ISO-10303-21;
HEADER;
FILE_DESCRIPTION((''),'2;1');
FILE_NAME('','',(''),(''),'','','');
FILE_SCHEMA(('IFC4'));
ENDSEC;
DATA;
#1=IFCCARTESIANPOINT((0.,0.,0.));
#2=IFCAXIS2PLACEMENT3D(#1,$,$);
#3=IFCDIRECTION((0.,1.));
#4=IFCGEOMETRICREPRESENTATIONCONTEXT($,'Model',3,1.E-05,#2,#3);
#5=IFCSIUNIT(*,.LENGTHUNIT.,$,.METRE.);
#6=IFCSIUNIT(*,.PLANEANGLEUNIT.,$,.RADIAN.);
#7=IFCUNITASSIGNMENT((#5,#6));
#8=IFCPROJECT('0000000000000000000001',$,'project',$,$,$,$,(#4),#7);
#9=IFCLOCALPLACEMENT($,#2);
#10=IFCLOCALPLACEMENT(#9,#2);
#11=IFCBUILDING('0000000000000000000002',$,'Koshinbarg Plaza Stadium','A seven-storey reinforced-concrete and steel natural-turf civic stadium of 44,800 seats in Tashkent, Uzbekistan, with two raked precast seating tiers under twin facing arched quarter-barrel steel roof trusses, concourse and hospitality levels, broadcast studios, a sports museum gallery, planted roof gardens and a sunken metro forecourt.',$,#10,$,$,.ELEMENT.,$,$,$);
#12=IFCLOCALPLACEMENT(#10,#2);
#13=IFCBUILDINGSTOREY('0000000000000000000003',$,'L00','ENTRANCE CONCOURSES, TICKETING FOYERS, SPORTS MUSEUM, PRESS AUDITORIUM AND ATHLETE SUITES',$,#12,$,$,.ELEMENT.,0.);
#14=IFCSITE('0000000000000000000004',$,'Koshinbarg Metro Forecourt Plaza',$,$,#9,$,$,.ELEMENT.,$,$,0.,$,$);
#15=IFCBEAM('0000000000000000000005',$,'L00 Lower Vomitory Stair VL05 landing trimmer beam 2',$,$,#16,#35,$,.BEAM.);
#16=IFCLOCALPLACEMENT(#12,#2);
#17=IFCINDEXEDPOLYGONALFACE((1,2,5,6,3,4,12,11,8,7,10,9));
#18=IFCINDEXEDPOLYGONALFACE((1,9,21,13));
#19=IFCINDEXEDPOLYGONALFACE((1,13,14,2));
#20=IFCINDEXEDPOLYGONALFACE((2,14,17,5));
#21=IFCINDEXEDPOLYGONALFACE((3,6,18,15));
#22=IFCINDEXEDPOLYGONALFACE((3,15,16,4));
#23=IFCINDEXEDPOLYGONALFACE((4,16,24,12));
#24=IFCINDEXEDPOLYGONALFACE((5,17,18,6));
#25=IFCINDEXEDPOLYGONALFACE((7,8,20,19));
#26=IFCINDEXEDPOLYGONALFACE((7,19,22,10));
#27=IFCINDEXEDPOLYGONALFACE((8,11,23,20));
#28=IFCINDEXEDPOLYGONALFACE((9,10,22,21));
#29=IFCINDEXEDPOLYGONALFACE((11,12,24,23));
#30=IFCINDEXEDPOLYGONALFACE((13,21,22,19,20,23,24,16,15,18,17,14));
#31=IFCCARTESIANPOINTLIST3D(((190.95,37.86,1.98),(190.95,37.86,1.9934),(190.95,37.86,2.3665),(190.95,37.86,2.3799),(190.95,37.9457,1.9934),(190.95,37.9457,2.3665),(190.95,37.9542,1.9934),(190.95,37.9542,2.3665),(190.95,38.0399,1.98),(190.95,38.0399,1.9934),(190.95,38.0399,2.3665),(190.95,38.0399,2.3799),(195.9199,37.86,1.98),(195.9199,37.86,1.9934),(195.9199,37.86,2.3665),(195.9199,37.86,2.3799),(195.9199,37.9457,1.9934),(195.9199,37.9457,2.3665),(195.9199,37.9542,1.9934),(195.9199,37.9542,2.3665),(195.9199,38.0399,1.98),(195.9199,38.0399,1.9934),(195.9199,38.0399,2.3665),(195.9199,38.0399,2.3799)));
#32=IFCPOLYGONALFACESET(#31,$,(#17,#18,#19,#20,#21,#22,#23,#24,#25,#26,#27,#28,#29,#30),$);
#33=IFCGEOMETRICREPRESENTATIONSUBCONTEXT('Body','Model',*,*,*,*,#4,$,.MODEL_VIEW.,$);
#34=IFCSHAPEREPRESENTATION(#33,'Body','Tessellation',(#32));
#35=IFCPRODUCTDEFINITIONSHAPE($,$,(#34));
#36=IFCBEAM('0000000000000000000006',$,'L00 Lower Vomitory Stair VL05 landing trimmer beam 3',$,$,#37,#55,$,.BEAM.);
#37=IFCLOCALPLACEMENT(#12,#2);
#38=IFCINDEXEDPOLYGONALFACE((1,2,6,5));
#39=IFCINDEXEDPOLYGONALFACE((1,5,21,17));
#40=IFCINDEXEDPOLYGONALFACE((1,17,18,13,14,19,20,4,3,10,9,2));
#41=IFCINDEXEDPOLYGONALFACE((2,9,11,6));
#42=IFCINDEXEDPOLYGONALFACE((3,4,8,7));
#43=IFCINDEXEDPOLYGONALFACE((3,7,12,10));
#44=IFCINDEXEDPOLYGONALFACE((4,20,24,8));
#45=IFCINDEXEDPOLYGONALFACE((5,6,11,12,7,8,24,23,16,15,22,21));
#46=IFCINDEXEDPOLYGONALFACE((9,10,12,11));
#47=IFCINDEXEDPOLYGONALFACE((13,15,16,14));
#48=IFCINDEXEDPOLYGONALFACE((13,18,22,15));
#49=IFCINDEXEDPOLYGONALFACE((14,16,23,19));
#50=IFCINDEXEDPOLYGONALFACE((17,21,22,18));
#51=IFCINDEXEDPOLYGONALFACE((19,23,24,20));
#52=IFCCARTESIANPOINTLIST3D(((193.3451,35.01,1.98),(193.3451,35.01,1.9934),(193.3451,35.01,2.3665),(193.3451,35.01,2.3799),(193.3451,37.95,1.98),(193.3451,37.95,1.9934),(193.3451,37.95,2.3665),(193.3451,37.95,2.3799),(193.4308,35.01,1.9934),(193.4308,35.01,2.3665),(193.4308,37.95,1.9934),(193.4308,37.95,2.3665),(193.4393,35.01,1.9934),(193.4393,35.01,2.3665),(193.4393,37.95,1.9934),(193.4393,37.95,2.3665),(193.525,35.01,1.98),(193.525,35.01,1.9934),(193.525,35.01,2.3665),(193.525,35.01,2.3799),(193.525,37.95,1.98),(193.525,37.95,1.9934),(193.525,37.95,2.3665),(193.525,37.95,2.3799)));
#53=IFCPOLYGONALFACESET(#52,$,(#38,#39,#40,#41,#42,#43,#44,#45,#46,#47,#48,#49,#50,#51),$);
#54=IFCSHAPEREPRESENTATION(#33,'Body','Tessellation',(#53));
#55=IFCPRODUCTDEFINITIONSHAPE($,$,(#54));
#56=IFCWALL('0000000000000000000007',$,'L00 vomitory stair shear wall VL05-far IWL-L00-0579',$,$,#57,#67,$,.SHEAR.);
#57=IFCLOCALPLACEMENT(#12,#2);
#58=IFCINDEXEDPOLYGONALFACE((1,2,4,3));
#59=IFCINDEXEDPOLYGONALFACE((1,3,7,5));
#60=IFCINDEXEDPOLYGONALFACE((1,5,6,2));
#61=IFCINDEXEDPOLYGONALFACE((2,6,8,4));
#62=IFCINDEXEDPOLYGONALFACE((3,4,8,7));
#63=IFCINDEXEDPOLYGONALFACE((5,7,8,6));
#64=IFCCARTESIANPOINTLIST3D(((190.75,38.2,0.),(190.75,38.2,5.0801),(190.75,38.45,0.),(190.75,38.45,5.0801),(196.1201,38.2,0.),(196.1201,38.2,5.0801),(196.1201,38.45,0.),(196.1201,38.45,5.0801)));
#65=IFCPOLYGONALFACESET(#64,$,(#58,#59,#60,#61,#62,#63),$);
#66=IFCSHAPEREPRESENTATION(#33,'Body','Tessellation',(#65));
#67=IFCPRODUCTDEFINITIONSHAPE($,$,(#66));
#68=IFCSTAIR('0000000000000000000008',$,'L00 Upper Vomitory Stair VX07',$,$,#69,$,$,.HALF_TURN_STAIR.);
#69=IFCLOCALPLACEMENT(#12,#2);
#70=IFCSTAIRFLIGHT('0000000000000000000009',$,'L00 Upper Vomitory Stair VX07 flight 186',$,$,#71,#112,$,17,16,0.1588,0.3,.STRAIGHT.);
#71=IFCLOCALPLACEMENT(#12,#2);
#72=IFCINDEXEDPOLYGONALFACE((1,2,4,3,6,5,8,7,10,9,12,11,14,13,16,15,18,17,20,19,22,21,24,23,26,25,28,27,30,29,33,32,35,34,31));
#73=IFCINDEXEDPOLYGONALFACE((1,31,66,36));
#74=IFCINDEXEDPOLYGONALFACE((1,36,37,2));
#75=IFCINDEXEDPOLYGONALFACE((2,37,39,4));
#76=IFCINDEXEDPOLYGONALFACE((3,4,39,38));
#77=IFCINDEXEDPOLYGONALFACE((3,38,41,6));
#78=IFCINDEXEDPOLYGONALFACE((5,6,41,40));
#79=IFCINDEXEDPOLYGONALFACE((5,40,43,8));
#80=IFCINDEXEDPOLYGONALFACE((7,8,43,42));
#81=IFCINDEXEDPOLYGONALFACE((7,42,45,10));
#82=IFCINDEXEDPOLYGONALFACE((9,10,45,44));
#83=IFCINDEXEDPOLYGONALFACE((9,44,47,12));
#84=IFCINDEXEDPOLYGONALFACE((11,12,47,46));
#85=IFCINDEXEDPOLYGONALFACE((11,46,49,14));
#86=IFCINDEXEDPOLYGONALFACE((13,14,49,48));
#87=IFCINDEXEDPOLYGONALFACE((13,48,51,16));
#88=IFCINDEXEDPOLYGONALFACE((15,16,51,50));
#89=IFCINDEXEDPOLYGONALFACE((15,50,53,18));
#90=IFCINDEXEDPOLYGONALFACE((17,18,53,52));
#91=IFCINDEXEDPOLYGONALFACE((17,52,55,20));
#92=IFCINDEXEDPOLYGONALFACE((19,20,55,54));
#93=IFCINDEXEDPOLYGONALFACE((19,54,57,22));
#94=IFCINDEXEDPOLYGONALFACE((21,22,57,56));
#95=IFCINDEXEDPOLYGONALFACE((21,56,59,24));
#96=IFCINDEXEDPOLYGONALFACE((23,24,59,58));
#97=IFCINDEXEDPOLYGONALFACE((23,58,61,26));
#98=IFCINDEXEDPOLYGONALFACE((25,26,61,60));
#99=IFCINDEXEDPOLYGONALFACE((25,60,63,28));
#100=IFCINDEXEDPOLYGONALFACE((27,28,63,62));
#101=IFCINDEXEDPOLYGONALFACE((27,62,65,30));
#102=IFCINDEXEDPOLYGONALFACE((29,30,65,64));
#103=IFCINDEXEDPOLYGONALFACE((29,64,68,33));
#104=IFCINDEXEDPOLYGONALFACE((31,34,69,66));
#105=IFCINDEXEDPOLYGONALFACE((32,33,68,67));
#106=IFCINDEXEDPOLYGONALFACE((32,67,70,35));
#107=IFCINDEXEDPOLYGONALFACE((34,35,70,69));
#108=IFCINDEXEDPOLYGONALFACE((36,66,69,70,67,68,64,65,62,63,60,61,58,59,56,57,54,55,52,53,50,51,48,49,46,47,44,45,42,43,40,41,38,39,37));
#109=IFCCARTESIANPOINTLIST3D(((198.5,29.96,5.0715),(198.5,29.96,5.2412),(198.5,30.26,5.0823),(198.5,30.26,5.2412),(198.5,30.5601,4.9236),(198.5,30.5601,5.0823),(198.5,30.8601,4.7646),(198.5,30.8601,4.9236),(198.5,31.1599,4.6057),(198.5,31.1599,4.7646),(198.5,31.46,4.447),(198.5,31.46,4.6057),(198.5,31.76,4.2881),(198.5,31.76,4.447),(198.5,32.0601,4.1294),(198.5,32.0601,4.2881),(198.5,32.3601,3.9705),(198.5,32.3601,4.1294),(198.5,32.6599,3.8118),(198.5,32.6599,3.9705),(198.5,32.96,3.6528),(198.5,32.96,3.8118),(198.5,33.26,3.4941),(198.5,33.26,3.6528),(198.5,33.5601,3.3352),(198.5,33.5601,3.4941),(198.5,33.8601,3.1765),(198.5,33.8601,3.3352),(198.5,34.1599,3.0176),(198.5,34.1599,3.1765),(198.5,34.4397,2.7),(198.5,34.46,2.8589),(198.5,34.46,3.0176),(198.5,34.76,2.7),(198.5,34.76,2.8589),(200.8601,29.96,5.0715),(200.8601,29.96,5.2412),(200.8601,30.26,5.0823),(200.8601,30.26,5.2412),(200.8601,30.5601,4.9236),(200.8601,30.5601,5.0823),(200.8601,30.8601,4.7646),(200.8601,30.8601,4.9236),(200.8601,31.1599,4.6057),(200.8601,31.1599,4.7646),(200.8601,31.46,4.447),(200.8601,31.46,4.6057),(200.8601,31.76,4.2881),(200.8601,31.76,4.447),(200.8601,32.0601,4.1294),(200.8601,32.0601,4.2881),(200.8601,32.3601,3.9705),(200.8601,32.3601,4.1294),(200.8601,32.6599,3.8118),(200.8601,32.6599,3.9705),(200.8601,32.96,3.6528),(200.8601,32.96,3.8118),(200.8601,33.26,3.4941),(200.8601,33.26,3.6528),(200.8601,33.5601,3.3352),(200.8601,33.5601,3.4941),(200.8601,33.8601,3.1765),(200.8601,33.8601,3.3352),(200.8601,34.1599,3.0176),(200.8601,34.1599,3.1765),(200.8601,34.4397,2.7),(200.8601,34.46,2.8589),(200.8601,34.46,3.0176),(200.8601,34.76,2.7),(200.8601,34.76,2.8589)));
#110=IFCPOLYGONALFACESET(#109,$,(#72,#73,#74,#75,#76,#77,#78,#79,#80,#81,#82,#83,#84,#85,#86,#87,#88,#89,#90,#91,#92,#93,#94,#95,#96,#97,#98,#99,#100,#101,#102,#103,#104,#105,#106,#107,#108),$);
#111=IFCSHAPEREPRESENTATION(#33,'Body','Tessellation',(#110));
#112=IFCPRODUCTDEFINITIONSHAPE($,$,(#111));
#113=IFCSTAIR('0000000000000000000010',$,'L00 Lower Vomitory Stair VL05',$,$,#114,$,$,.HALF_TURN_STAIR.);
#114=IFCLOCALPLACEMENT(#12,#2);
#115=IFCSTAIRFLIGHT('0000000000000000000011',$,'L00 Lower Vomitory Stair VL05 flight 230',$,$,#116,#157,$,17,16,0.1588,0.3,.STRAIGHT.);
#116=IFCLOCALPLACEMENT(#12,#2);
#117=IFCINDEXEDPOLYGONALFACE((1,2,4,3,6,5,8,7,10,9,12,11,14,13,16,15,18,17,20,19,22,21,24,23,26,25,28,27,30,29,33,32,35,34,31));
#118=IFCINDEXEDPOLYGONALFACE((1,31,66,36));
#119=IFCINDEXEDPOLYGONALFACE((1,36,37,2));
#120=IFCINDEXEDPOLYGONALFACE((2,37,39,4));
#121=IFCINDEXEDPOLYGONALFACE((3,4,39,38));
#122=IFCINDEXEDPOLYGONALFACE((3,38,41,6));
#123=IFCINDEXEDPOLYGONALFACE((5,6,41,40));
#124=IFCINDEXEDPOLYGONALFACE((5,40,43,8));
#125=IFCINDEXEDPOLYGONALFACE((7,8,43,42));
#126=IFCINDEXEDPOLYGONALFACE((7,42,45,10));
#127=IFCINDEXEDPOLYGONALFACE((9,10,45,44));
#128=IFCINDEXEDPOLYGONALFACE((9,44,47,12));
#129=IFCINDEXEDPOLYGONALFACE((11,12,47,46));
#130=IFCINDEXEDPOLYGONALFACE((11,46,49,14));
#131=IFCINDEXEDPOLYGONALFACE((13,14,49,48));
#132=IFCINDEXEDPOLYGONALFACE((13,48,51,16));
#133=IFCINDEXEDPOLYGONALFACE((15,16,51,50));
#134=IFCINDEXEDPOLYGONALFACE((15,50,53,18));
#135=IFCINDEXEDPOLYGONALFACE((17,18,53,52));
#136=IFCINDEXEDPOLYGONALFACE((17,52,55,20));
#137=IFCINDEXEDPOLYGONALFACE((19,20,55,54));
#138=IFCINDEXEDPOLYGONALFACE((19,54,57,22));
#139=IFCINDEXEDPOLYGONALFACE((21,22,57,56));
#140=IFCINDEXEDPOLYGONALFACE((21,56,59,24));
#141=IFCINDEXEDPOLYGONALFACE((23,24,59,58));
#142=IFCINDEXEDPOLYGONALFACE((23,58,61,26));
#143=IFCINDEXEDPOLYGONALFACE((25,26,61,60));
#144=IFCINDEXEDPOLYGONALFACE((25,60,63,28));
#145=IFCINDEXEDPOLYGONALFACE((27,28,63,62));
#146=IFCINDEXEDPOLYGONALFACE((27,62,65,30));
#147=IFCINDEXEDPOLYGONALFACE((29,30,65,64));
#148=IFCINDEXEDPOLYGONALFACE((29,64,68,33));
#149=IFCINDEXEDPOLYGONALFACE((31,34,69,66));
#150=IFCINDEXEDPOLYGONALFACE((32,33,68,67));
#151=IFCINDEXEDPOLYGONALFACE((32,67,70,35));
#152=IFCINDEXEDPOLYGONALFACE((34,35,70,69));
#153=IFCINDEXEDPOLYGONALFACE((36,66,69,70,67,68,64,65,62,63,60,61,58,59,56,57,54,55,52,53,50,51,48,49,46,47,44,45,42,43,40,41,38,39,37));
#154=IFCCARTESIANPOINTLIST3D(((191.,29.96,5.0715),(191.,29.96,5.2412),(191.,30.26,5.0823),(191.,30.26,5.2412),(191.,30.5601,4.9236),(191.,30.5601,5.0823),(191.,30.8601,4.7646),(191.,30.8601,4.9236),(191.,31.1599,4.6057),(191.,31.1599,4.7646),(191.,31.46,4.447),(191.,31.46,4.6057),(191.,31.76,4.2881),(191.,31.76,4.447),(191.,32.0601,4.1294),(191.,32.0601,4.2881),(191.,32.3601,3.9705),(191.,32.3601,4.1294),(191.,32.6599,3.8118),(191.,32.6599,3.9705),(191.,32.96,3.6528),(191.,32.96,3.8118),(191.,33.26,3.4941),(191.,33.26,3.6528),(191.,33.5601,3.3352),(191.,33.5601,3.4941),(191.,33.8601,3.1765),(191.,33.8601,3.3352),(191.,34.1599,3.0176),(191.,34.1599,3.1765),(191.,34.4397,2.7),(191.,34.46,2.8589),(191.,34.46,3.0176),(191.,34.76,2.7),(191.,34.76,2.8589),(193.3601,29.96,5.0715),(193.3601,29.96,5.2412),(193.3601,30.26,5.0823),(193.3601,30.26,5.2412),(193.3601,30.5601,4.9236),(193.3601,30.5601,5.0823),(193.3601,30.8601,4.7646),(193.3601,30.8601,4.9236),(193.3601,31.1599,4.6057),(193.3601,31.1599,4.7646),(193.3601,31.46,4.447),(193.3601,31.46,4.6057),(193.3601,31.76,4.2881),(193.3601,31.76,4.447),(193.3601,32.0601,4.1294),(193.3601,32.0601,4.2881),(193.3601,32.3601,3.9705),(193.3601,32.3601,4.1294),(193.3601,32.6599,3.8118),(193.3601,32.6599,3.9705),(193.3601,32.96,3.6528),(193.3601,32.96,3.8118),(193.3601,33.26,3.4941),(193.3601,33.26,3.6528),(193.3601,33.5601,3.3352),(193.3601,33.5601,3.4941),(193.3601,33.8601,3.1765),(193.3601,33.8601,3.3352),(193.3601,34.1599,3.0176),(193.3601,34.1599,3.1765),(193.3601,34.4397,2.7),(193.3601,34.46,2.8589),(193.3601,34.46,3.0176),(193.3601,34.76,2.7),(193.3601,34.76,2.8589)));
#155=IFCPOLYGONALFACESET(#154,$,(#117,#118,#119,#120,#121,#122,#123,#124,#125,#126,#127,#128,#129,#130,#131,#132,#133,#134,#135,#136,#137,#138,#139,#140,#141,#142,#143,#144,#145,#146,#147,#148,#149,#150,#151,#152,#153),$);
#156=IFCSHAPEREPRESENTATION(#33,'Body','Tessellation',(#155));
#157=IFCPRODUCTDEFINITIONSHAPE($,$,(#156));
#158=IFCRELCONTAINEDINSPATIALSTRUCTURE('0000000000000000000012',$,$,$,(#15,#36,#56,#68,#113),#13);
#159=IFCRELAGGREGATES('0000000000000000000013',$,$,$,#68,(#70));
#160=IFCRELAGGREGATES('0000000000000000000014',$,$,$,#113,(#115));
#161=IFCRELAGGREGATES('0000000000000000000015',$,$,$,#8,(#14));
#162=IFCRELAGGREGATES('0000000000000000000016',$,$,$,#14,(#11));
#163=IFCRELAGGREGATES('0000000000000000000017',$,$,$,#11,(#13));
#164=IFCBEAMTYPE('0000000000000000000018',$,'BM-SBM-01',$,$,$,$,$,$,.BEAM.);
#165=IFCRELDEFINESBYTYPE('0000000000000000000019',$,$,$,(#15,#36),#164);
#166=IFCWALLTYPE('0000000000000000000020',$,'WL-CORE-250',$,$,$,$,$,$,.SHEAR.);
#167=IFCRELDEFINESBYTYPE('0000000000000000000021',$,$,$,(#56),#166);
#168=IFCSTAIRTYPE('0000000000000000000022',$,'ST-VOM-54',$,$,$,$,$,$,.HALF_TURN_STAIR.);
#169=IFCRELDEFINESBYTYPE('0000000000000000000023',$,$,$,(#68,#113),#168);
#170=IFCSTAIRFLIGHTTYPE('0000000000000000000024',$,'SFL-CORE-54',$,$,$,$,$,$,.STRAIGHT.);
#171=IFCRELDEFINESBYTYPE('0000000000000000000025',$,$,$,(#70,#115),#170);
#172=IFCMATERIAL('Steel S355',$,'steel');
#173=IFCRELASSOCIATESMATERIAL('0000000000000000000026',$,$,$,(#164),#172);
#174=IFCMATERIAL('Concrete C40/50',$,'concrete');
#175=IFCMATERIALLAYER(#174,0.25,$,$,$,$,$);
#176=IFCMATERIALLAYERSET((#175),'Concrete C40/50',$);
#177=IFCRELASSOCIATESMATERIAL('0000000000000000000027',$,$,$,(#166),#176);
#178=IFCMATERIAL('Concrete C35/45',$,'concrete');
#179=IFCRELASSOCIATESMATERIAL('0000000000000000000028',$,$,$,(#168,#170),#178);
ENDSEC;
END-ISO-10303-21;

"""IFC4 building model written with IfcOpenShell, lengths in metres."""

from ifc_helpers import new_model, si_unit, direction, frame, frame_2d, origin, origin_2d, place, context, subcontext, project, spatial, polyline, rectangle, i_section, outline, extrude, material, layer, layer_set, material_profile, profile_set, type_object, element, aggregate, save


model = new_model("IFC4")

# Units and contexts
model_context = context("Model", 3, precision=1e-05, world=origin(), true_north=direction((0.0, 1.0)))
body_context = subcontext(model_context, "Body", "Model", "MODEL_VIEW")
ifc_project = project(units=[si_unit("LENGTHUNIT", "METRE"), si_unit("PLANEANGLEUNIT", "RADIAN")], contexts=[model_context])

# Site, building, storey
site_placement = place(None, origin())
site = spatial("IfcSite", under=ifc_project, at=site_placement, Name="Koshinbarg Metro Forecourt Plaza", CompositionType="ELEMENT", RefElevation=0.0)
building_placement = place(site_placement, origin())
building = spatial("IfcBuilding", under=site, at=building_placement, Name="Koshinbarg Plaza Stadium", Description="A seven-storey reinforced-concrete and steel natural-turf civic stadium of 44,800 seats in Tashkent, Uzbekistan, with two raked precast seating tiers under twin facing arched quarter-barrel steel roof trusses, concourse and hospitality levels, broadcast studios, a sports museum gallery, planted roof gardens and a sunken metro forecourt.", CompositionType="ELEMENT")
storey_placement = place(building_placement, origin())
storey = spatial("IfcBuildingStorey", under=building, at=storey_placement, Name="L00", Description="ENTRANCE CONCOURSES, TICKETING FOYERS, SPORTS MUSEUM, PRESS AUDITORIUM AND ATHLETE SUITES", CompositionType="ELEMENT", Elevation=0.0)

# Shared definitions
ifc_material_1 = material(Name="Concrete C35/45", Category="concrete")

# Shared definitions
ifc_material_2 = material(Name="Concrete C40/50", Category="concrete")

# Beams
ifc_material_3 = material(Name="Steel S355", Category="steel")
ifc_material_profile_1 = material_profile(ifc_material_3, i_section(OverallWidth=0.1799, OverallDepth=0.3999, WebThickness=0.0085, FlangeThickness=0.0134, at=origin_2d()), Name="IPE 400")
ifc_profile_set_1 = profile_set([ifc_material_profile_1], Name="Steel S355")
beam_type = type_object("IfcBeamType", Name="BM-SBM-01", PredefinedType="BEAM", material=ifc_profile_set_1)
for number, where, z_axis, x_axis, name in (
    (1, (190.95, 37.95, 2.1799), (1.0, 0.0, 0.0), (0.0, 1.0, 0.0), "L00 Lower Vomitory Stair VL05 landing trimmer beam 2"),
):
    element("IfcBeam", number, at=place(storey_placement, frame(where, z_axis=z_axis, x_axis=x_axis)), inside=storey, type_object=beam_type, Name=name, PredefinedType="BEAM", context=body_context, shape_type="SweptSolid", body=[
        extrude(i_section(OverallWidth=0.1799, OverallDepth=0.3999, WebThickness=0.0085, FlangeThickness=0.0134, at=origin_2d()), origin(), (0.0, 0.0, 1.0), 4.97),
    ])
beam_1_placement = place(storey_placement, frame((193.4351, 35.01, 2.1799), z_axis=(0.0, 1.0, 0.0), x_axis=(-1.0, 0.0, 0.0)))
element("IfcBeam", 2, at=beam_1_placement, inside=storey, type_object=beam_type, Name="L00 Lower Vomitory Stair VL05 landing trimmer beam 3", PredefinedType="BEAM", context=body_context, shape_type="SweptSolid", body=[
    extrude(i_section(OverallWidth=0.1799, OverallDepth=0.3999, WebThickness=0.0085, FlangeThickness=0.0134, at=origin_2d()), origin(), (0.0, 0.0, 1.0), 2.9399),
])

# Wall
ifc_layer = layer(ifc_material_2, 0.25)
ifc_layer_set = layer_set([ifc_layer], Name="Concrete C40/50")
wall_type = type_object("IfcWallType", Name="WL-CORE-250", PredefinedType="SHEAR", material=ifc_layer_set)
wall_placement = place(storey_placement, frame((196.1201, 38.325, 0.0), z_axis=(0.0, 0.0, 1.0), x_axis=(-1.0, 0.0, 0.0)))
element("IfcWall", 3, at=wall_placement, inside=storey, type_object=wall_type, Name="L00 vomitory stair shear wall VL05-far IWL-L00-0579", PredefinedType="SHEAR", context=body_context, shape_type="SweptSolid", body=[
    extrude(rectangle(XDim=5.3701, YDim=0.25, at=frame_2d((2.6851, 0.0))), origin(), (0.0, 0.0, 1.0), 5.0801),
])

# Stairs, stair flights
stair_type = type_object("IfcStairType", Name="ST-VOM-54", PredefinedType="HALF_TURN_STAIR", material=ifc_material_1)
stair_1_placement = place(storey_placement, origin())
stair_1 = element("IfcStair", 4, at=stair_1_placement, inside=storey, type_object=stair_type, Name="L00 Upper Vomitory Stair VX07", PredefinedType="HALF_TURN_STAIR")
stair_flight_type = type_object("IfcStairFlightType", Name="SFL-CORE-54", PredefinedType="STRAIGHT", material=ifc_material_1)
stair_flight_1_placement = place(storey_placement, frame((199.6799, 34.76, 2.7), z_axis=(0.0, 0.0, 1.0), x_axis=(0.0, -1.0, 0.0)))
stair_flight_1 = element("IfcStairFlight", 5, at=stair_flight_1_placement, type_object=stair_flight_type, Name="L00 Upper Vomitory Stair VX07 flight 186", NumberOfRisers=17, NumberOfTreads=16, PredefinedType="STRAIGHT", RiserHeight=0.1588, TreadLength=0.3, context=body_context, shape_type="SweptSolid", body=[
    extrude(outline(polyline([(0.0, 0.0), (0.0, 0.1589), (0.3, 0.1589), (0.3, 0.3176), (0.6001, 0.3176), (0.6001, 0.4766), (0.8999, 0.4766), (0.8999, 0.6353), (1.2, 0.6353), (1.2, 0.7942), (1.5, 0.7942), (1.5, 0.9529), (1.8, 0.9529), (1.8, 1.1118), (2.1001, 1.1118), (2.1001, 1.2705), (2.3999, 1.2705), (2.3999, 1.4294), (2.7, 1.4294), (2.7, 1.5881), (3.0, 1.5881), (3.0, 1.7471), (3.3, 1.7471), (3.3, 1.9058), (3.6001, 1.9058), (3.6001, 2.0647), (3.8999, 2.0647), (3.8999, 2.2236), (4.2, 2.2236), (4.2, 2.3823), (4.5, 2.3823), (4.5, 2.5413), (4.8, 2.5413), (4.8, 2.7), (4.8, 2.3716), (0.3203, 0.0), (0.0, 0.0)])), frame((0.0, 1.1802, 0.0), z_axis=(0.0, -1.0, 0.0), x_axis=(1.0, 0.0, 0.0)), (0.0, 0.0, 1.0), 2.3601),
])
aggregate(stair_1, [stair_flight_1])
stair_2_placement = place(storey_placement, origin())
stair_2 = element("IfcStair", 6, at=stair_2_placement, inside=storey, type_object=stair_type, Name="L00 Lower Vomitory Stair VL05", PredefinedType="HALF_TURN_STAIR")
stair_flight_2_placement = place(storey_placement, frame((192.1799, 34.76, 2.7), z_axis=(0.0, 0.0, 1.0), x_axis=(0.0, -1.0, 0.0)))
stair_flight_2 = element("IfcStairFlight", 7, at=stair_flight_2_placement, type_object=stair_flight_type, Name="L00 Lower Vomitory Stair VL05 flight 230", NumberOfRisers=17, NumberOfTreads=16, PredefinedType="STRAIGHT", RiserHeight=0.1588, TreadLength=0.3, context=body_context, shape_type="SweptSolid", body=[
    extrude(outline(polyline([(0.0, 0.0), (0.0, 0.1589), (0.3, 0.1589), (0.3, 0.3176), (0.6001, 0.3176), (0.6001, 0.4766), (0.8999, 0.4766), (0.8999, 0.6353), (1.2, 0.6353), (1.2, 0.7942), (1.5, 0.7942), (1.5, 0.9529), (1.8, 0.9529), (1.8, 1.1118), (2.1001, 1.1118), (2.1001, 1.2705), (2.3999, 1.2705), (2.3999, 1.4294), (2.7, 1.4294), (2.7, 1.5881), (3.0, 1.5881), (3.0, 1.7471), (3.3, 1.7471), (3.3, 1.9058), (3.6001, 1.9058), (3.6001, 2.0647), (3.8999, 2.0647), (3.8999, 2.2236), (4.2, 2.2236), (4.2, 2.3823), (4.5, 2.3823), (4.5, 2.5413), (4.8, 2.5413), (4.8, 2.7), (4.8, 2.3716), (0.3203, 0.0), (0.0, 0.0)])), frame((0.0, 1.1802, 0.0), z_axis=(0.0, -1.0, 0.0), x_axis=(1.0, 0.0, 0.0)), (0.0, 0.0, 1.0), 2.3601),
])
aggregate(stair_2, [stair_flight_2])

save(model, "model.ifc")
